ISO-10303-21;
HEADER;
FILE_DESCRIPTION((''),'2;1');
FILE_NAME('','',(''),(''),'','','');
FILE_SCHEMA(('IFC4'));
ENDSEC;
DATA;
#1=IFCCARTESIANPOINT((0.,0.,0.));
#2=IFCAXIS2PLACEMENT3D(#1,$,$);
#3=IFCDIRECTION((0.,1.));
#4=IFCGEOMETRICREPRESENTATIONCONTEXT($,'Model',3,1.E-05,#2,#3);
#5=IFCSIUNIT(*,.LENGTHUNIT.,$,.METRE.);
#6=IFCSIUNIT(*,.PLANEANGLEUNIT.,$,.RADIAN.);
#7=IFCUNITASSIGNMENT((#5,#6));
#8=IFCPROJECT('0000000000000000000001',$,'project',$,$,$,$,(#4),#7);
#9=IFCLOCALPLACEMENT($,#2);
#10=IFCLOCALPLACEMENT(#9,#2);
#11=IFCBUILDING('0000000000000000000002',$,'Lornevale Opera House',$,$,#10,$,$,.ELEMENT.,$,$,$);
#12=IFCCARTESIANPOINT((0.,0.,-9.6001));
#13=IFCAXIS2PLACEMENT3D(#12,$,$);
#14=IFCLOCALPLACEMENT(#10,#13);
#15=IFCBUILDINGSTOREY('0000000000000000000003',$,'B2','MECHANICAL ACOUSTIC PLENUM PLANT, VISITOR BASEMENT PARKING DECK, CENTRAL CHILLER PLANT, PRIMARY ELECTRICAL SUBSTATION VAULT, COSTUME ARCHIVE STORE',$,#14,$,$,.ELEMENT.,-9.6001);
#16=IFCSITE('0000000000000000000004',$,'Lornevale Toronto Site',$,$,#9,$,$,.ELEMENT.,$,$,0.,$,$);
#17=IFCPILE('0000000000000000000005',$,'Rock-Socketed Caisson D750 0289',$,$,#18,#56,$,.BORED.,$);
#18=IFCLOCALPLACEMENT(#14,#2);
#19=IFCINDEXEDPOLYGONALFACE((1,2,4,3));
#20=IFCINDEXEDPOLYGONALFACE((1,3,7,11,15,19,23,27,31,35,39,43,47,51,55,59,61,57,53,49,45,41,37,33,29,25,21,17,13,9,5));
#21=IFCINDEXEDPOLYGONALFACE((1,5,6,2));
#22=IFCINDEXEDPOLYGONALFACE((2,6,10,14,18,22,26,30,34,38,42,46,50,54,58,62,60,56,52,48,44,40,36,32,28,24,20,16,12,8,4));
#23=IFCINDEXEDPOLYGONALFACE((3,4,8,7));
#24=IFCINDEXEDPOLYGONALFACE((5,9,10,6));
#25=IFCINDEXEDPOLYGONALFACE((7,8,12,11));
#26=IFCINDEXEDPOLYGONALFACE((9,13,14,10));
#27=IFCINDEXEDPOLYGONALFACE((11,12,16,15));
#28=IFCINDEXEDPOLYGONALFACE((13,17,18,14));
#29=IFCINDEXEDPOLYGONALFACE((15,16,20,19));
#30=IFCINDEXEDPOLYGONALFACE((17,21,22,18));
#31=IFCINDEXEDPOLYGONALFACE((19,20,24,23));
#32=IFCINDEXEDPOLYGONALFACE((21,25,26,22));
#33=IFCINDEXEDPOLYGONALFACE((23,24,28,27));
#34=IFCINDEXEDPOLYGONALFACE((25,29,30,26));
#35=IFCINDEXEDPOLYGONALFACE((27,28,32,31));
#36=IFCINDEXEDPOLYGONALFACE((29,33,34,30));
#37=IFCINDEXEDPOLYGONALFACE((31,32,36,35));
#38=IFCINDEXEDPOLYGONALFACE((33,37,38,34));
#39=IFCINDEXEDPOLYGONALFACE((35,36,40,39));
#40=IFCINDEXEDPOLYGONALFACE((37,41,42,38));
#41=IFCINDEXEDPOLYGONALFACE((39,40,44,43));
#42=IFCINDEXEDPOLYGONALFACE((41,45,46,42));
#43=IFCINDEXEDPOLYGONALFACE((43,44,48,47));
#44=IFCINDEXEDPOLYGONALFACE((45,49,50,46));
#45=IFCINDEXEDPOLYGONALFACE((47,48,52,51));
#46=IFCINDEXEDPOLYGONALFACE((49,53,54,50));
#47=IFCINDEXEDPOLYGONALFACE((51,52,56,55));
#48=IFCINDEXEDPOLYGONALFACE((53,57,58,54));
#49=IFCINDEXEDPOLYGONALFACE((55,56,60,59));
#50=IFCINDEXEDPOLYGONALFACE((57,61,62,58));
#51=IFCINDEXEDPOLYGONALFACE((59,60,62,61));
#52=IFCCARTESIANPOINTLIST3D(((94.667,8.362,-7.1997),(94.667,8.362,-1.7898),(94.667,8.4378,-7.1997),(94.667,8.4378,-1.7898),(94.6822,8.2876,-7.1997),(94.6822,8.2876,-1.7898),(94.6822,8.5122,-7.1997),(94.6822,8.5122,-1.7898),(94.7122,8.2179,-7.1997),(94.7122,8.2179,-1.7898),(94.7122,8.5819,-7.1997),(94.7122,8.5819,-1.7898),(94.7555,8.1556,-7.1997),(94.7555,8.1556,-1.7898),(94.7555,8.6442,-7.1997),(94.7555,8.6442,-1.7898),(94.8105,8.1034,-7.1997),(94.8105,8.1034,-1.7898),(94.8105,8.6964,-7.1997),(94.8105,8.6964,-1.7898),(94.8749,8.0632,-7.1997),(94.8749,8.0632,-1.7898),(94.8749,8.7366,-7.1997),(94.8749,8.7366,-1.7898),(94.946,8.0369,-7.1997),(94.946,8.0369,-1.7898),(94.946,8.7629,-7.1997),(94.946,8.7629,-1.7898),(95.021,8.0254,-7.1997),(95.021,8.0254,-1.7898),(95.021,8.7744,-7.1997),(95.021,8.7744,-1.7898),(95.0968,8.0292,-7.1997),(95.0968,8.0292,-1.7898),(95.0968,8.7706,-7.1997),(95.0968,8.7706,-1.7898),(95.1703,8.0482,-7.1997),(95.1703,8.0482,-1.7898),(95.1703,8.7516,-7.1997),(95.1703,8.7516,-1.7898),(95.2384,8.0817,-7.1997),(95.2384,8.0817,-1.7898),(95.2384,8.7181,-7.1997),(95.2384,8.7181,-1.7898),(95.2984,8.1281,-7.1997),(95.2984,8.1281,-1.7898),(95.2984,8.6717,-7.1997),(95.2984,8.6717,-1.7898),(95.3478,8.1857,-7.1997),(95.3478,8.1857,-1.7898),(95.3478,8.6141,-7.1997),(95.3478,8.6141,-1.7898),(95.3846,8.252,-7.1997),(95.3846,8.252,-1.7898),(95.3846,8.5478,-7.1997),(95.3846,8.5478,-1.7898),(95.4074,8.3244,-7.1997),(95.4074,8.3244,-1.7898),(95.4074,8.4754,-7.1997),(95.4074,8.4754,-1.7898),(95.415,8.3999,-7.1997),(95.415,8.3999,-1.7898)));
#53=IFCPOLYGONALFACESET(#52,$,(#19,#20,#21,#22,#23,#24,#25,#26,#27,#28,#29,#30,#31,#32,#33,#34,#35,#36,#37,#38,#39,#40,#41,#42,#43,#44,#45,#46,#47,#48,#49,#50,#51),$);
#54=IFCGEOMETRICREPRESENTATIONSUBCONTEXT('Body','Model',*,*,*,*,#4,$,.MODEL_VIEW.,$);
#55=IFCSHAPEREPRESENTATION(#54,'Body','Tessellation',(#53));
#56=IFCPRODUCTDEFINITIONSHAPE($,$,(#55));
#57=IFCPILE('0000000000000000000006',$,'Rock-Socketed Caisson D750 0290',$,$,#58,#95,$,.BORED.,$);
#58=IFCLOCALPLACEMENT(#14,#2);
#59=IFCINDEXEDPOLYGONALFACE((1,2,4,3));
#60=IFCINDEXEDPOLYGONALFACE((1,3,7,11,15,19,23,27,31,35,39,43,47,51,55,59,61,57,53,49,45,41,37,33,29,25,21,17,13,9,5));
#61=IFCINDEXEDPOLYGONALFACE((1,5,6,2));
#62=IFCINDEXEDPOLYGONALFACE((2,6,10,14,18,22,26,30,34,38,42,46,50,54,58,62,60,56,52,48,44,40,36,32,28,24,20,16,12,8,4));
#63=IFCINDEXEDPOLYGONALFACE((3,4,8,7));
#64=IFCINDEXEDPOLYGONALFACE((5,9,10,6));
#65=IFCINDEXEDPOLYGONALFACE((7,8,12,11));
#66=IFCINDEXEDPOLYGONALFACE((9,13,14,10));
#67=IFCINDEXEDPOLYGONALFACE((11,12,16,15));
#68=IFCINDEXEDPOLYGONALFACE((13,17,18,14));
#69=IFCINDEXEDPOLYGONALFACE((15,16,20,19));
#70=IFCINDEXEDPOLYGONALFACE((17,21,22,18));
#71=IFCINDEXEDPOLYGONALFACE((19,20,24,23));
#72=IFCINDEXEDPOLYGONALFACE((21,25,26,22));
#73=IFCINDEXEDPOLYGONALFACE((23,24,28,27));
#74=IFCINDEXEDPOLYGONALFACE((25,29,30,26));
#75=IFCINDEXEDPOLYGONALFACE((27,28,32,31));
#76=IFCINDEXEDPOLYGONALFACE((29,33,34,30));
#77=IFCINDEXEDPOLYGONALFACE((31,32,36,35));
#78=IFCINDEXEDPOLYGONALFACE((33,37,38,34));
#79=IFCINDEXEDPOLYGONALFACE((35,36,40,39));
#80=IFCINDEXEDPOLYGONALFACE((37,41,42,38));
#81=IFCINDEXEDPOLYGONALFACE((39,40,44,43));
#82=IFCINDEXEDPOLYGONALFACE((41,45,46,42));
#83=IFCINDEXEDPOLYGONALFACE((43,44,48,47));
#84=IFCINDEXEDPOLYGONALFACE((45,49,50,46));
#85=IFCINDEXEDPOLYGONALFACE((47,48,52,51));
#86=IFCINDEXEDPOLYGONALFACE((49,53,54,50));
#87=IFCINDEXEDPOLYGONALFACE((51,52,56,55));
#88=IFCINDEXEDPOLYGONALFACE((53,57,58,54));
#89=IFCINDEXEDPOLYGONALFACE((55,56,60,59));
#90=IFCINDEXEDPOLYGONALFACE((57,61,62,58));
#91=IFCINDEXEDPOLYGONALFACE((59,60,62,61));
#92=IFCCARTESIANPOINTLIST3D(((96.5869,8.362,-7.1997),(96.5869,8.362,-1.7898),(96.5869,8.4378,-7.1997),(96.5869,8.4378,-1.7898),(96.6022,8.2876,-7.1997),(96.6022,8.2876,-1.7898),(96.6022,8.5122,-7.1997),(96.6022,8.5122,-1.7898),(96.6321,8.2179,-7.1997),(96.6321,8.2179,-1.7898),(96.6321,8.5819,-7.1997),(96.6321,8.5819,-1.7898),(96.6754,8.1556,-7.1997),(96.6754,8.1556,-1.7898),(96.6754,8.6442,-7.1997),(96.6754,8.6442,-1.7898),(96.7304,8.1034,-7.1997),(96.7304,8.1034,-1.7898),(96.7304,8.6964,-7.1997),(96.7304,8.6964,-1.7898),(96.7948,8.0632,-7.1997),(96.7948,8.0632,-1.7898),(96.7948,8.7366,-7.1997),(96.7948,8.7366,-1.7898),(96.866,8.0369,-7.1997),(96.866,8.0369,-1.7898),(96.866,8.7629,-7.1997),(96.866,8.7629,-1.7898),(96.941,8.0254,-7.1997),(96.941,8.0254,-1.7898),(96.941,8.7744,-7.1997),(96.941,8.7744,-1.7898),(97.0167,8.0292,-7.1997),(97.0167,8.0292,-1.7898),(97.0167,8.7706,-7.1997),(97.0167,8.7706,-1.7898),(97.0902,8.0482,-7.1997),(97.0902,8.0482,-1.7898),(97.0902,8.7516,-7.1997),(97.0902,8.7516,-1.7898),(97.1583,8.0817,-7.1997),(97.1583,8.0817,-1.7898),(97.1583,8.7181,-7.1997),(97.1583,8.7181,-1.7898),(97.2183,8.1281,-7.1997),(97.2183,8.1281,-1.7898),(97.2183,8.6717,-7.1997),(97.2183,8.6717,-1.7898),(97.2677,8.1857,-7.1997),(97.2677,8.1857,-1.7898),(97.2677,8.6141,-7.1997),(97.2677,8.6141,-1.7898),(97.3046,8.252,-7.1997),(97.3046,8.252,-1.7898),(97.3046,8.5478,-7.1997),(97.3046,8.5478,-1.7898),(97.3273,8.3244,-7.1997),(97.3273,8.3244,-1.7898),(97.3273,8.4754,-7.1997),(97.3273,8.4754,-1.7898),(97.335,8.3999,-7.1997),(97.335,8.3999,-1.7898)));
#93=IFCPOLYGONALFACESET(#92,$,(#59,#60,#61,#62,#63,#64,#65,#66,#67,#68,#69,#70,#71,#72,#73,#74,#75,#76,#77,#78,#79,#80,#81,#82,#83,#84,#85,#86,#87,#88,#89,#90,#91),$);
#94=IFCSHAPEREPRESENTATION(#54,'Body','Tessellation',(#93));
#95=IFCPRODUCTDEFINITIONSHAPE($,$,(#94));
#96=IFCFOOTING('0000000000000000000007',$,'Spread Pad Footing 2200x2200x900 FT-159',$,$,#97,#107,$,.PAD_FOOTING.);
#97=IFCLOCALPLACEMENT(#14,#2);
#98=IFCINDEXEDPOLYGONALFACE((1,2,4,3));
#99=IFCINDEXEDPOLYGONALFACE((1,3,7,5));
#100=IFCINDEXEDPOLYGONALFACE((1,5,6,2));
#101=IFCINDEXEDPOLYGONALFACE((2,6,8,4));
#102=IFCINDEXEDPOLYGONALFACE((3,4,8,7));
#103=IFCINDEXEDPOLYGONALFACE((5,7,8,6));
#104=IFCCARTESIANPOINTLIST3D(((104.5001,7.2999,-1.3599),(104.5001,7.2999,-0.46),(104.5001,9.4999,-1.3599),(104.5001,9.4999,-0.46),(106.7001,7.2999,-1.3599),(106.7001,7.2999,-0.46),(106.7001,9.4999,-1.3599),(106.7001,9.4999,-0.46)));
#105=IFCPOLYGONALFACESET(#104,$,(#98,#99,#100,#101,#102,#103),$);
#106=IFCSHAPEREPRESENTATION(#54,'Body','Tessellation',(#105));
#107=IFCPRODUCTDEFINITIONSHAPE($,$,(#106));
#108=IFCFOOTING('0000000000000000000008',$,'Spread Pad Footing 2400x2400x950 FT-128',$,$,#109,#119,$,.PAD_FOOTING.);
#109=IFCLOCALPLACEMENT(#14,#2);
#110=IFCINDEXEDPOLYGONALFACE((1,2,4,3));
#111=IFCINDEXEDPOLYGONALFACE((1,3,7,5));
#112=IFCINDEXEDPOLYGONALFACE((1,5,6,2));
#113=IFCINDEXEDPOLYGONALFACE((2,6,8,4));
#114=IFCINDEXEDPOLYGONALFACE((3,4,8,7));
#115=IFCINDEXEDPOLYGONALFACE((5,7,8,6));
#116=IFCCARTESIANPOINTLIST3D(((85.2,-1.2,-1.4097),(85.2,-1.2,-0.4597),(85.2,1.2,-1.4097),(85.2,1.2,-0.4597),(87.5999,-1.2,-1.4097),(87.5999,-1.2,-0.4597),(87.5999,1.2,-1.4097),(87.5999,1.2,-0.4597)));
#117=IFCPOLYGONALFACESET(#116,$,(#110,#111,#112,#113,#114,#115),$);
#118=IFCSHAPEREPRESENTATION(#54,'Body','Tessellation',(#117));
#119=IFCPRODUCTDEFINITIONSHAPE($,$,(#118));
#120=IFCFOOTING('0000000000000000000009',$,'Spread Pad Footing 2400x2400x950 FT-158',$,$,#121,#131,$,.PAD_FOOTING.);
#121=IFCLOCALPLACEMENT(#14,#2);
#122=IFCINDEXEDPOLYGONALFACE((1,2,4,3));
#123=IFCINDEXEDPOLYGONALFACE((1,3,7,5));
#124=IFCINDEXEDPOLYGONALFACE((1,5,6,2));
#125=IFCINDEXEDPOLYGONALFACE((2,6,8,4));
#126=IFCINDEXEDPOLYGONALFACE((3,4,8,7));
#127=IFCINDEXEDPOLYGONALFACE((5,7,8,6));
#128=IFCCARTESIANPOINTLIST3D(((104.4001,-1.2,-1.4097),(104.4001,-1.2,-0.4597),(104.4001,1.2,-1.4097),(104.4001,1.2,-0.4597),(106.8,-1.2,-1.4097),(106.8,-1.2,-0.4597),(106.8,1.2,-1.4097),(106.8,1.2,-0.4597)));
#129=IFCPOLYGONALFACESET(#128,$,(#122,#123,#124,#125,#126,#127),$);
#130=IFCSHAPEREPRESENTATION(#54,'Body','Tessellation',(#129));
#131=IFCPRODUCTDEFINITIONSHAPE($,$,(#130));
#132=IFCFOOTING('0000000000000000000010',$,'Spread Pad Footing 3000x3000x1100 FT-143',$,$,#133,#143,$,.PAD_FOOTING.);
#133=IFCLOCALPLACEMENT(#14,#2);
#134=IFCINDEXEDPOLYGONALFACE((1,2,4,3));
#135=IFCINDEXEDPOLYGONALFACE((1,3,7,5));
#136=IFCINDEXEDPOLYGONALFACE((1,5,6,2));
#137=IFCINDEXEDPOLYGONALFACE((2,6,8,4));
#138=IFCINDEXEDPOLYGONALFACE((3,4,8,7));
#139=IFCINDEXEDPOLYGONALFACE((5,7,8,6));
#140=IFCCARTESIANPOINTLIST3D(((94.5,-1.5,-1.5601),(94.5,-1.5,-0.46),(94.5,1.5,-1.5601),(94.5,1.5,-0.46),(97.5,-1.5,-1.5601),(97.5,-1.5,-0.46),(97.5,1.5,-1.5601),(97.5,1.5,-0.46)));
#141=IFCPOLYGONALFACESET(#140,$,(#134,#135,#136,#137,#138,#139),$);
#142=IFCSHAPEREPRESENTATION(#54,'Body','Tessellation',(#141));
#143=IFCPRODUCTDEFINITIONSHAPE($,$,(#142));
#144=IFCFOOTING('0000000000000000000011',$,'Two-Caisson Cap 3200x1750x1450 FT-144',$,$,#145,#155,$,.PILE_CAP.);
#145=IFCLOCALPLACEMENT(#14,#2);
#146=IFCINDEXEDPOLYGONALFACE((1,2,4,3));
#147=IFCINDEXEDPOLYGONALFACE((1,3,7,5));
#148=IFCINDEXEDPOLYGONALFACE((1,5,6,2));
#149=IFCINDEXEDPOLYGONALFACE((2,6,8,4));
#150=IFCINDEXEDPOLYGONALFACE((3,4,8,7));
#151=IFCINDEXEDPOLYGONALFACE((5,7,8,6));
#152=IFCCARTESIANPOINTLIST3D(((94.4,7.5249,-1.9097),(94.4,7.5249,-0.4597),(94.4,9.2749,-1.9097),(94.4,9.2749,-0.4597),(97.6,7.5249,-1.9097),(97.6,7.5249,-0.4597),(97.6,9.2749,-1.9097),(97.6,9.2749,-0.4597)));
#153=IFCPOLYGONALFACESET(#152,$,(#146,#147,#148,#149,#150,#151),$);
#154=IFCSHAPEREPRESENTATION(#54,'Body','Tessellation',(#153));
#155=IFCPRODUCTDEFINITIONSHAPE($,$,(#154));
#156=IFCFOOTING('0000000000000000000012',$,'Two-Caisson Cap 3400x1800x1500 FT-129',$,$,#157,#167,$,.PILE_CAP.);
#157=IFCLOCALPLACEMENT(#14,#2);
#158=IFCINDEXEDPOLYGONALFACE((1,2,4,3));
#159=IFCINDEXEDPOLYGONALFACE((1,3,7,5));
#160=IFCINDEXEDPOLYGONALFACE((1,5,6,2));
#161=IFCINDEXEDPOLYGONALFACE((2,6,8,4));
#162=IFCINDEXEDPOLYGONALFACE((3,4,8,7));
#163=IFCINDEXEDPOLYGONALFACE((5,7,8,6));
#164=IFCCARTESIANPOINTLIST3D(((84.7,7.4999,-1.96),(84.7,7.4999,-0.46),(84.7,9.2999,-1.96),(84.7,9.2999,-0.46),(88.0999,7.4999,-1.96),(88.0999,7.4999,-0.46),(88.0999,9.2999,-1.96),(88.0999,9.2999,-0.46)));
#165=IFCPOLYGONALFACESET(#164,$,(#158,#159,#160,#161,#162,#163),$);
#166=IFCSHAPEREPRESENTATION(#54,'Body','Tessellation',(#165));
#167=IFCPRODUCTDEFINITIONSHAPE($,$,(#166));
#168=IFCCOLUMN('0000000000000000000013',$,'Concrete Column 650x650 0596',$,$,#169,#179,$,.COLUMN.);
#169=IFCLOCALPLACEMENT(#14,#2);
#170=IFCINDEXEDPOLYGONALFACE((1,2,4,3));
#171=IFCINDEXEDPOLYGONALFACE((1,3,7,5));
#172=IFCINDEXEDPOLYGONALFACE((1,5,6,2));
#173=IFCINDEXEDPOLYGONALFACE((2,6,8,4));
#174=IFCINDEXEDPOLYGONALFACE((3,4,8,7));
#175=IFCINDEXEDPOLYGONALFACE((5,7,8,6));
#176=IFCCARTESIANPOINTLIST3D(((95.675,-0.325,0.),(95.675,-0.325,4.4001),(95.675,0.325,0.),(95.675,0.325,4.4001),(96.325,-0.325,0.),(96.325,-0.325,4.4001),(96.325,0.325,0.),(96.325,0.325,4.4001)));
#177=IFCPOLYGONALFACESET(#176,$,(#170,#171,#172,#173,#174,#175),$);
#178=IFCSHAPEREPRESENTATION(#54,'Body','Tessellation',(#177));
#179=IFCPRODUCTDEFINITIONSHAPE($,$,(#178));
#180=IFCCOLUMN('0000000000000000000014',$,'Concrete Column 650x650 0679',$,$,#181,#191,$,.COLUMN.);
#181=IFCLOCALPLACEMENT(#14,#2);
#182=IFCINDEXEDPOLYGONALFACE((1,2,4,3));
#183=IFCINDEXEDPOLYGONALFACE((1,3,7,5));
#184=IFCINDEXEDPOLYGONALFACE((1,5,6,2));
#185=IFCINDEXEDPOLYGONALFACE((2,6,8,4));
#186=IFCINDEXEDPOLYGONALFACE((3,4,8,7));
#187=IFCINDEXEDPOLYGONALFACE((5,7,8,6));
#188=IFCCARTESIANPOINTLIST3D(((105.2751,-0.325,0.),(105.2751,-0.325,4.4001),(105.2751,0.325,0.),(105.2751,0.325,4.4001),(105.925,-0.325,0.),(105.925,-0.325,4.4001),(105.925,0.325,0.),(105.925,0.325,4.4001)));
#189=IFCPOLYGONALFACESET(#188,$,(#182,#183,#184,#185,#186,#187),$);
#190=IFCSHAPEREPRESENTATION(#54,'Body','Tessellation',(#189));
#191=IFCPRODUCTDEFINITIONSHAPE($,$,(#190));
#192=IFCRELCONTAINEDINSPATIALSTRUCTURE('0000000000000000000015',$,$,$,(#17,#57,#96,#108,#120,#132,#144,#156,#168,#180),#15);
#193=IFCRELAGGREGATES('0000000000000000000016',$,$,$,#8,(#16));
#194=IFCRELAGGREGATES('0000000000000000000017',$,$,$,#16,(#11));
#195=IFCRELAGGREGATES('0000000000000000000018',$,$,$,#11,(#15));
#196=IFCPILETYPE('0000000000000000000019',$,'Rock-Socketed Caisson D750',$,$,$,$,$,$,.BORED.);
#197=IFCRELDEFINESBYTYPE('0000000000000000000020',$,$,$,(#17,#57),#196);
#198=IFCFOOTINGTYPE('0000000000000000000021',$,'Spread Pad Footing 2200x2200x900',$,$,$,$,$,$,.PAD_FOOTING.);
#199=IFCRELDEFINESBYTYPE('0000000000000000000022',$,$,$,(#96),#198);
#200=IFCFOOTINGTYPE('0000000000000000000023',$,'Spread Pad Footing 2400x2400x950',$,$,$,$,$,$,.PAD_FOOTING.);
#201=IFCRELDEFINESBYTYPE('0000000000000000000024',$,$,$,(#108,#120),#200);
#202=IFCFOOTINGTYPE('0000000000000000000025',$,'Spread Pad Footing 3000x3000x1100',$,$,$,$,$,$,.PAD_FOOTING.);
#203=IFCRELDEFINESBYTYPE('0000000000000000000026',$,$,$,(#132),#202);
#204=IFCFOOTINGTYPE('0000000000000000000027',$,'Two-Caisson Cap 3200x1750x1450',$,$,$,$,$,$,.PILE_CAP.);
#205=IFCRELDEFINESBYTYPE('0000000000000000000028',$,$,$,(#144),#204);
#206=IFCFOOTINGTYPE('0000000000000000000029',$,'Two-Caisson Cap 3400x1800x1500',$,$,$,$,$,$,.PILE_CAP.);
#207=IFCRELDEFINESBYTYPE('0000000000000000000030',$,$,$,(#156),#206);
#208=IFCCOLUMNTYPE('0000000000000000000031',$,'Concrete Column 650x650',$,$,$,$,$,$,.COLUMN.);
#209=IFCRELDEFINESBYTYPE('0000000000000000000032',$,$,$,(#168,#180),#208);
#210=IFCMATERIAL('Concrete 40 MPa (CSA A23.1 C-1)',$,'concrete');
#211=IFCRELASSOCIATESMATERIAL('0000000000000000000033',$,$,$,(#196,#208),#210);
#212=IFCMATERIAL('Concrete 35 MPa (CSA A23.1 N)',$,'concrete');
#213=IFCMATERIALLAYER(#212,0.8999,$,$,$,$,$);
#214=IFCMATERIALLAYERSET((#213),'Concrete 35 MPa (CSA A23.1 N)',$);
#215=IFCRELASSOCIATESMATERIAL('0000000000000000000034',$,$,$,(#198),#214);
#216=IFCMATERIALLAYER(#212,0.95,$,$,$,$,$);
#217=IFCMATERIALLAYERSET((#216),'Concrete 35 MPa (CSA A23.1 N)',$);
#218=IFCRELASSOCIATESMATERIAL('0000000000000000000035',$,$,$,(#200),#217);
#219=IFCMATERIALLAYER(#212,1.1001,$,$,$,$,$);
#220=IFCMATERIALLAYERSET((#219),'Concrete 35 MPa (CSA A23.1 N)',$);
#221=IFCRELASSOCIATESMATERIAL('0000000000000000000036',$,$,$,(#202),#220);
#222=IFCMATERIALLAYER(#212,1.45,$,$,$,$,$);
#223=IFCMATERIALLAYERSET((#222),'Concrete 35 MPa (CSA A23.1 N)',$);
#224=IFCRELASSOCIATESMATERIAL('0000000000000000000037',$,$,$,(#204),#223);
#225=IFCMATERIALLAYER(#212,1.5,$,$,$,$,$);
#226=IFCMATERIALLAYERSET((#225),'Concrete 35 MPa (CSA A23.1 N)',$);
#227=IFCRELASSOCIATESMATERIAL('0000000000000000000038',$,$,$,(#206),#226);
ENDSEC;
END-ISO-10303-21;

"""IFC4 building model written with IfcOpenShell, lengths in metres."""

from ifc_helpers import new_model, si_unit, direction, frame, origin, origin_2d, place, context, subcontext, project, spatial, rectangle, circle, extrude, material, layer, layer_set, material_profile, profile_set, type_object, element, save


model = new_model("IFC4")

# Units and contexts
model_context = context("Model", 3, precision=1e-05, world=origin(), true_north=direction((0.0, 1.0)))
body_context = subcontext(model_context, "Body", "Model", "MODEL_VIEW")
ifc_project = project(units=[si_unit("LENGTHUNIT", "METRE"), si_unit("PLANEANGLEUNIT", "RADIAN")], contexts=[model_context])

# Site, building, storey
site_placement = place(None, origin())
site = spatial("IfcSite", under=ifc_project, at=site_placement, Name="Lornevale Toronto Site", CompositionType="ELEMENT", RefElevation=0.0)
building_placement = place(site_placement, origin())
building = spatial("IfcBuilding", under=site, at=building_placement, Name="Lornevale Opera House", CompositionType="ELEMENT")
storey_placement = place(building_placement, frame((0.0, 0.0, -9.6001)))
storey = spatial("IfcBuildingStorey", under=building, at=storey_placement, Name="B2", Description="MECHANICAL ACOUSTIC PLENUM PLANT, VISITOR BASEMENT PARKING DECK, CENTRAL CHILLER PLANT, PRIMARY ELECTRICAL SUBSTATION VAULT, COSTUME ARCHIVE STORE", CompositionType="ELEMENT", Elevation=-9.6001)

# Shared definitions
ifc_material_1 = material(Name="Concrete 35 MPa (CSA A23.1 N)", Category="concrete")

# Shared definitions
ifc_material_2 = material(Name="Concrete 40 MPa (CSA A23.1 C-1)", Category="concrete")

# Piles
ifc_material_profile_1 = material_profile(ifc_material_2, circle(Radius=0.375, at=origin_2d()), Name="CAIS750")
ifc_profile_set_1 = profile_set([ifc_material_profile_1], Name="Concrete 40 MPa (CSA A23.1 C-1)")
pile_type_1 = type_object("IfcPileType", Name="Rock-Socketed Caisson D750", PredefinedType="BORED", material=ifc_profile_set_1)
for number, where, z_axis, x_axis, name in (
    (1, (95.04, 8.3999, -1.7898), (0.0, 0.0, -1.0), (1.0, 0.0, 0.0), "Rock-Socketed Caisson D750 0289"),
    (2, (96.96, 8.3999, -1.7898), (0.0, 0.0, -1.0), (1.0, 0.0, 0.0), "Rock-Socketed Caisson D750 0290"),
):
    element("IfcPile", number, at=place(storey_placement, frame(where, z_axis=z_axis, x_axis=x_axis)), inside=storey, type_object=pile_type_1, Name=name, PredefinedType="BORED", context=body_context, shape_type="SweptSolid", body=[
        extrude(circle(Radius=0.375, at=origin_2d()), origin(), (0.0, 0.0, 1.0), 5.4099),
    ])

# Footings
ifc_layer_1 = layer(ifc_material_1, 0.8999)
ifc_layer_set_1 = layer_set([ifc_layer_1], Name="Concrete 35 MPa (CSA A23.1 N)")
footing_type_1 = type_object("IfcFootingType", Name="Spread Pad Footing 2200x2200x900", PredefinedType="PAD_FOOTING", material=ifc_layer_set_1)
footing_1_placement = place(storey_placement, frame((105.6001, 8.3999, -1.3599), z_axis=(0.0, 0.0, 1.0), x_axis=(1.0, 0.0, 0.0)))
element("IfcFooting", 3, at=footing_1_placement, inside=storey, type_object=footing_type_1, Name="Spread Pad Footing 2200x2200x900 FT-159", PredefinedType="PAD_FOOTING", context=body_context, shape_type="SweptSolid", body=[
    extrude(rectangle(XDim=2.2, YDim=2.2, at=origin_2d()), origin(), (0.0, 0.0, 1.0), 0.8999),
])
ifc_layer_2 = layer(ifc_material_1, 0.95)
ifc_layer_set_2 = layer_set([ifc_layer_2], Name="Concrete 35 MPa (CSA A23.1 N)")
footing_type_2 = type_object("IfcFootingType", Name="Spread Pad Footing 2400x2400x950", PredefinedType="PAD_FOOTING", material=ifc_layer_set_2)
for number, where, z_axis, x_axis, name in (
    (4, (86.3999, 0.0, -1.4097), (0.0, 0.0, 1.0), (1.0, 0.0, 0.0), "Spread Pad Footing 2400x2400x950 FT-128"),
    (5, (105.6001, 0.0, -1.4097), (0.0, 0.0, 1.0), (1.0, 0.0, 0.0), "Spread Pad Footing 2400x2400x950 FT-158"),
):
    element("IfcFooting", number, at=place(storey_placement, frame(where, z_axis=z_axis, x_axis=x_axis)), inside=storey, type_object=footing_type_2, Name=name, PredefinedType="PAD_FOOTING", context=body_context, shape_type="SweptSolid", body=[
        extrude(rectangle(XDim=2.3999, YDim=2.3999, at=origin_2d()), origin(), (0.0, 0.0, 1.0), 0.95),
    ])
ifc_layer_3 = layer(ifc_material_1, 1.1001)
ifc_layer_set_3 = layer_set([ifc_layer_3], Name="Concrete 35 MPa (CSA A23.1 N)")
footing_type_3 = type_object("IfcFootingType", Name="Spread Pad Footing 3000x3000x1100", PredefinedType="PAD_FOOTING", material=ifc_layer_set_3)
footing_2_placement = place(storey_placement, frame((96.0, 0.0, -1.5601), z_axis=(0.0, 0.0, 1.0), x_axis=(1.0, 0.0, 0.0)))
element("IfcFooting", 6, at=footing_2_placement, inside=storey, type_object=footing_type_3, Name="Spread Pad Footing 3000x3000x1100 FT-143", PredefinedType="PAD_FOOTING", context=body_context, shape_type="SweptSolid", body=[
    extrude(rectangle(XDim=3.0, YDim=3.0, at=origin_2d()), origin(), (0.0, 0.0, 1.0), 1.1001),
])
ifc_layer_4 = layer(ifc_material_1, 1.45)
ifc_layer_set_4 = layer_set([ifc_layer_4], Name="Concrete 35 MPa (CSA A23.1 N)")
footing_type_4 = type_object("IfcFootingType", Name="Two-Caisson Cap 3200x1750x1450", PredefinedType="PILE_CAP", material=ifc_layer_set_4)
footing_3_placement = place(storey_placement, frame((96.0, 8.3999, -1.9097), z_axis=(0.0, 0.0, 1.0), x_axis=(1.0, 0.0, 0.0)))
element("IfcFooting", 7, at=footing_3_placement, inside=storey, type_object=footing_type_4, Name="Two-Caisson Cap 3200x1750x1450 FT-144", PredefinedType="PILE_CAP", context=body_context, shape_type="SweptSolid", body=[
    extrude(rectangle(XDim=3.2, YDim=1.75, at=origin_2d()), origin(), (0.0, 0.0, 1.0), 1.45),
])
ifc_layer_5 = layer(ifc_material_1, 1.5)
ifc_layer_set_5 = layer_set([ifc_layer_5], Name="Concrete 35 MPa (CSA A23.1 N)")
footing_type_5 = type_object("IfcFootingType", Name="Two-Caisson Cap 3400x1800x1500", PredefinedType="PILE_CAP", material=ifc_layer_set_5)
footing_4_placement = place(storey_placement, frame((86.3999, 8.3999, -1.96), z_axis=(0.0, 0.0, 1.0), x_axis=(1.0, 0.0, 0.0)))
element("IfcFooting", 8, at=footing_4_placement, inside=storey, type_object=footing_type_5, Name="Two-Caisson Cap 3400x1800x1500 FT-129", PredefinedType="PILE_CAP", context=body_context, shape_type="SweptSolid", body=[
    extrude(rectangle(XDim=3.3999, YDim=1.8, at=origin_2d()), origin(), (0.0, 0.0, 1.0), 1.5),
])

# Columns
ifc_material_profile_2 = material_profile(ifc_material_2, rectangle(XDim=0.6499, YDim=0.6499, at=origin_2d()), Name="RC650x650")
ifc_profile_set_2 = profile_set([ifc_material_profile_2], Name="Concrete 40 MPa (CSA A23.1 C-1)")
column_type_1 = type_object("IfcColumnType", Name="Concrete Column 650x650", PredefinedType="COLUMN", material=ifc_profile_set_2)
for number, where, z_axis, x_axis, name in (
    (9, (96.0, 0.0, 0.0), (0.0, 0.0, 1.0), (1.0, 0.0, 0.0), "Concrete Column 650x650 0596"),
    (10, (105.6001, 0.0, 0.0), (0.0, 0.0, 1.0), (1.0, 0.0, 0.0), "Concrete Column 650x650 0679"),
):
    element("IfcColumn", number, at=place(storey_placement, frame(where, z_axis=z_axis, x_axis=x_axis)), inside=storey, type_object=column_type_1, Name=name, PredefinedType="COLUMN", context=body_context, shape_type="SweptSolid", body=[
        extrude(rectangle(XDim=0.6499, YDim=0.6499, at=origin_2d()), origin(), (0.0, 0.0, 1.0), 4.4001),
    ])

save(model, "model.ifc")
